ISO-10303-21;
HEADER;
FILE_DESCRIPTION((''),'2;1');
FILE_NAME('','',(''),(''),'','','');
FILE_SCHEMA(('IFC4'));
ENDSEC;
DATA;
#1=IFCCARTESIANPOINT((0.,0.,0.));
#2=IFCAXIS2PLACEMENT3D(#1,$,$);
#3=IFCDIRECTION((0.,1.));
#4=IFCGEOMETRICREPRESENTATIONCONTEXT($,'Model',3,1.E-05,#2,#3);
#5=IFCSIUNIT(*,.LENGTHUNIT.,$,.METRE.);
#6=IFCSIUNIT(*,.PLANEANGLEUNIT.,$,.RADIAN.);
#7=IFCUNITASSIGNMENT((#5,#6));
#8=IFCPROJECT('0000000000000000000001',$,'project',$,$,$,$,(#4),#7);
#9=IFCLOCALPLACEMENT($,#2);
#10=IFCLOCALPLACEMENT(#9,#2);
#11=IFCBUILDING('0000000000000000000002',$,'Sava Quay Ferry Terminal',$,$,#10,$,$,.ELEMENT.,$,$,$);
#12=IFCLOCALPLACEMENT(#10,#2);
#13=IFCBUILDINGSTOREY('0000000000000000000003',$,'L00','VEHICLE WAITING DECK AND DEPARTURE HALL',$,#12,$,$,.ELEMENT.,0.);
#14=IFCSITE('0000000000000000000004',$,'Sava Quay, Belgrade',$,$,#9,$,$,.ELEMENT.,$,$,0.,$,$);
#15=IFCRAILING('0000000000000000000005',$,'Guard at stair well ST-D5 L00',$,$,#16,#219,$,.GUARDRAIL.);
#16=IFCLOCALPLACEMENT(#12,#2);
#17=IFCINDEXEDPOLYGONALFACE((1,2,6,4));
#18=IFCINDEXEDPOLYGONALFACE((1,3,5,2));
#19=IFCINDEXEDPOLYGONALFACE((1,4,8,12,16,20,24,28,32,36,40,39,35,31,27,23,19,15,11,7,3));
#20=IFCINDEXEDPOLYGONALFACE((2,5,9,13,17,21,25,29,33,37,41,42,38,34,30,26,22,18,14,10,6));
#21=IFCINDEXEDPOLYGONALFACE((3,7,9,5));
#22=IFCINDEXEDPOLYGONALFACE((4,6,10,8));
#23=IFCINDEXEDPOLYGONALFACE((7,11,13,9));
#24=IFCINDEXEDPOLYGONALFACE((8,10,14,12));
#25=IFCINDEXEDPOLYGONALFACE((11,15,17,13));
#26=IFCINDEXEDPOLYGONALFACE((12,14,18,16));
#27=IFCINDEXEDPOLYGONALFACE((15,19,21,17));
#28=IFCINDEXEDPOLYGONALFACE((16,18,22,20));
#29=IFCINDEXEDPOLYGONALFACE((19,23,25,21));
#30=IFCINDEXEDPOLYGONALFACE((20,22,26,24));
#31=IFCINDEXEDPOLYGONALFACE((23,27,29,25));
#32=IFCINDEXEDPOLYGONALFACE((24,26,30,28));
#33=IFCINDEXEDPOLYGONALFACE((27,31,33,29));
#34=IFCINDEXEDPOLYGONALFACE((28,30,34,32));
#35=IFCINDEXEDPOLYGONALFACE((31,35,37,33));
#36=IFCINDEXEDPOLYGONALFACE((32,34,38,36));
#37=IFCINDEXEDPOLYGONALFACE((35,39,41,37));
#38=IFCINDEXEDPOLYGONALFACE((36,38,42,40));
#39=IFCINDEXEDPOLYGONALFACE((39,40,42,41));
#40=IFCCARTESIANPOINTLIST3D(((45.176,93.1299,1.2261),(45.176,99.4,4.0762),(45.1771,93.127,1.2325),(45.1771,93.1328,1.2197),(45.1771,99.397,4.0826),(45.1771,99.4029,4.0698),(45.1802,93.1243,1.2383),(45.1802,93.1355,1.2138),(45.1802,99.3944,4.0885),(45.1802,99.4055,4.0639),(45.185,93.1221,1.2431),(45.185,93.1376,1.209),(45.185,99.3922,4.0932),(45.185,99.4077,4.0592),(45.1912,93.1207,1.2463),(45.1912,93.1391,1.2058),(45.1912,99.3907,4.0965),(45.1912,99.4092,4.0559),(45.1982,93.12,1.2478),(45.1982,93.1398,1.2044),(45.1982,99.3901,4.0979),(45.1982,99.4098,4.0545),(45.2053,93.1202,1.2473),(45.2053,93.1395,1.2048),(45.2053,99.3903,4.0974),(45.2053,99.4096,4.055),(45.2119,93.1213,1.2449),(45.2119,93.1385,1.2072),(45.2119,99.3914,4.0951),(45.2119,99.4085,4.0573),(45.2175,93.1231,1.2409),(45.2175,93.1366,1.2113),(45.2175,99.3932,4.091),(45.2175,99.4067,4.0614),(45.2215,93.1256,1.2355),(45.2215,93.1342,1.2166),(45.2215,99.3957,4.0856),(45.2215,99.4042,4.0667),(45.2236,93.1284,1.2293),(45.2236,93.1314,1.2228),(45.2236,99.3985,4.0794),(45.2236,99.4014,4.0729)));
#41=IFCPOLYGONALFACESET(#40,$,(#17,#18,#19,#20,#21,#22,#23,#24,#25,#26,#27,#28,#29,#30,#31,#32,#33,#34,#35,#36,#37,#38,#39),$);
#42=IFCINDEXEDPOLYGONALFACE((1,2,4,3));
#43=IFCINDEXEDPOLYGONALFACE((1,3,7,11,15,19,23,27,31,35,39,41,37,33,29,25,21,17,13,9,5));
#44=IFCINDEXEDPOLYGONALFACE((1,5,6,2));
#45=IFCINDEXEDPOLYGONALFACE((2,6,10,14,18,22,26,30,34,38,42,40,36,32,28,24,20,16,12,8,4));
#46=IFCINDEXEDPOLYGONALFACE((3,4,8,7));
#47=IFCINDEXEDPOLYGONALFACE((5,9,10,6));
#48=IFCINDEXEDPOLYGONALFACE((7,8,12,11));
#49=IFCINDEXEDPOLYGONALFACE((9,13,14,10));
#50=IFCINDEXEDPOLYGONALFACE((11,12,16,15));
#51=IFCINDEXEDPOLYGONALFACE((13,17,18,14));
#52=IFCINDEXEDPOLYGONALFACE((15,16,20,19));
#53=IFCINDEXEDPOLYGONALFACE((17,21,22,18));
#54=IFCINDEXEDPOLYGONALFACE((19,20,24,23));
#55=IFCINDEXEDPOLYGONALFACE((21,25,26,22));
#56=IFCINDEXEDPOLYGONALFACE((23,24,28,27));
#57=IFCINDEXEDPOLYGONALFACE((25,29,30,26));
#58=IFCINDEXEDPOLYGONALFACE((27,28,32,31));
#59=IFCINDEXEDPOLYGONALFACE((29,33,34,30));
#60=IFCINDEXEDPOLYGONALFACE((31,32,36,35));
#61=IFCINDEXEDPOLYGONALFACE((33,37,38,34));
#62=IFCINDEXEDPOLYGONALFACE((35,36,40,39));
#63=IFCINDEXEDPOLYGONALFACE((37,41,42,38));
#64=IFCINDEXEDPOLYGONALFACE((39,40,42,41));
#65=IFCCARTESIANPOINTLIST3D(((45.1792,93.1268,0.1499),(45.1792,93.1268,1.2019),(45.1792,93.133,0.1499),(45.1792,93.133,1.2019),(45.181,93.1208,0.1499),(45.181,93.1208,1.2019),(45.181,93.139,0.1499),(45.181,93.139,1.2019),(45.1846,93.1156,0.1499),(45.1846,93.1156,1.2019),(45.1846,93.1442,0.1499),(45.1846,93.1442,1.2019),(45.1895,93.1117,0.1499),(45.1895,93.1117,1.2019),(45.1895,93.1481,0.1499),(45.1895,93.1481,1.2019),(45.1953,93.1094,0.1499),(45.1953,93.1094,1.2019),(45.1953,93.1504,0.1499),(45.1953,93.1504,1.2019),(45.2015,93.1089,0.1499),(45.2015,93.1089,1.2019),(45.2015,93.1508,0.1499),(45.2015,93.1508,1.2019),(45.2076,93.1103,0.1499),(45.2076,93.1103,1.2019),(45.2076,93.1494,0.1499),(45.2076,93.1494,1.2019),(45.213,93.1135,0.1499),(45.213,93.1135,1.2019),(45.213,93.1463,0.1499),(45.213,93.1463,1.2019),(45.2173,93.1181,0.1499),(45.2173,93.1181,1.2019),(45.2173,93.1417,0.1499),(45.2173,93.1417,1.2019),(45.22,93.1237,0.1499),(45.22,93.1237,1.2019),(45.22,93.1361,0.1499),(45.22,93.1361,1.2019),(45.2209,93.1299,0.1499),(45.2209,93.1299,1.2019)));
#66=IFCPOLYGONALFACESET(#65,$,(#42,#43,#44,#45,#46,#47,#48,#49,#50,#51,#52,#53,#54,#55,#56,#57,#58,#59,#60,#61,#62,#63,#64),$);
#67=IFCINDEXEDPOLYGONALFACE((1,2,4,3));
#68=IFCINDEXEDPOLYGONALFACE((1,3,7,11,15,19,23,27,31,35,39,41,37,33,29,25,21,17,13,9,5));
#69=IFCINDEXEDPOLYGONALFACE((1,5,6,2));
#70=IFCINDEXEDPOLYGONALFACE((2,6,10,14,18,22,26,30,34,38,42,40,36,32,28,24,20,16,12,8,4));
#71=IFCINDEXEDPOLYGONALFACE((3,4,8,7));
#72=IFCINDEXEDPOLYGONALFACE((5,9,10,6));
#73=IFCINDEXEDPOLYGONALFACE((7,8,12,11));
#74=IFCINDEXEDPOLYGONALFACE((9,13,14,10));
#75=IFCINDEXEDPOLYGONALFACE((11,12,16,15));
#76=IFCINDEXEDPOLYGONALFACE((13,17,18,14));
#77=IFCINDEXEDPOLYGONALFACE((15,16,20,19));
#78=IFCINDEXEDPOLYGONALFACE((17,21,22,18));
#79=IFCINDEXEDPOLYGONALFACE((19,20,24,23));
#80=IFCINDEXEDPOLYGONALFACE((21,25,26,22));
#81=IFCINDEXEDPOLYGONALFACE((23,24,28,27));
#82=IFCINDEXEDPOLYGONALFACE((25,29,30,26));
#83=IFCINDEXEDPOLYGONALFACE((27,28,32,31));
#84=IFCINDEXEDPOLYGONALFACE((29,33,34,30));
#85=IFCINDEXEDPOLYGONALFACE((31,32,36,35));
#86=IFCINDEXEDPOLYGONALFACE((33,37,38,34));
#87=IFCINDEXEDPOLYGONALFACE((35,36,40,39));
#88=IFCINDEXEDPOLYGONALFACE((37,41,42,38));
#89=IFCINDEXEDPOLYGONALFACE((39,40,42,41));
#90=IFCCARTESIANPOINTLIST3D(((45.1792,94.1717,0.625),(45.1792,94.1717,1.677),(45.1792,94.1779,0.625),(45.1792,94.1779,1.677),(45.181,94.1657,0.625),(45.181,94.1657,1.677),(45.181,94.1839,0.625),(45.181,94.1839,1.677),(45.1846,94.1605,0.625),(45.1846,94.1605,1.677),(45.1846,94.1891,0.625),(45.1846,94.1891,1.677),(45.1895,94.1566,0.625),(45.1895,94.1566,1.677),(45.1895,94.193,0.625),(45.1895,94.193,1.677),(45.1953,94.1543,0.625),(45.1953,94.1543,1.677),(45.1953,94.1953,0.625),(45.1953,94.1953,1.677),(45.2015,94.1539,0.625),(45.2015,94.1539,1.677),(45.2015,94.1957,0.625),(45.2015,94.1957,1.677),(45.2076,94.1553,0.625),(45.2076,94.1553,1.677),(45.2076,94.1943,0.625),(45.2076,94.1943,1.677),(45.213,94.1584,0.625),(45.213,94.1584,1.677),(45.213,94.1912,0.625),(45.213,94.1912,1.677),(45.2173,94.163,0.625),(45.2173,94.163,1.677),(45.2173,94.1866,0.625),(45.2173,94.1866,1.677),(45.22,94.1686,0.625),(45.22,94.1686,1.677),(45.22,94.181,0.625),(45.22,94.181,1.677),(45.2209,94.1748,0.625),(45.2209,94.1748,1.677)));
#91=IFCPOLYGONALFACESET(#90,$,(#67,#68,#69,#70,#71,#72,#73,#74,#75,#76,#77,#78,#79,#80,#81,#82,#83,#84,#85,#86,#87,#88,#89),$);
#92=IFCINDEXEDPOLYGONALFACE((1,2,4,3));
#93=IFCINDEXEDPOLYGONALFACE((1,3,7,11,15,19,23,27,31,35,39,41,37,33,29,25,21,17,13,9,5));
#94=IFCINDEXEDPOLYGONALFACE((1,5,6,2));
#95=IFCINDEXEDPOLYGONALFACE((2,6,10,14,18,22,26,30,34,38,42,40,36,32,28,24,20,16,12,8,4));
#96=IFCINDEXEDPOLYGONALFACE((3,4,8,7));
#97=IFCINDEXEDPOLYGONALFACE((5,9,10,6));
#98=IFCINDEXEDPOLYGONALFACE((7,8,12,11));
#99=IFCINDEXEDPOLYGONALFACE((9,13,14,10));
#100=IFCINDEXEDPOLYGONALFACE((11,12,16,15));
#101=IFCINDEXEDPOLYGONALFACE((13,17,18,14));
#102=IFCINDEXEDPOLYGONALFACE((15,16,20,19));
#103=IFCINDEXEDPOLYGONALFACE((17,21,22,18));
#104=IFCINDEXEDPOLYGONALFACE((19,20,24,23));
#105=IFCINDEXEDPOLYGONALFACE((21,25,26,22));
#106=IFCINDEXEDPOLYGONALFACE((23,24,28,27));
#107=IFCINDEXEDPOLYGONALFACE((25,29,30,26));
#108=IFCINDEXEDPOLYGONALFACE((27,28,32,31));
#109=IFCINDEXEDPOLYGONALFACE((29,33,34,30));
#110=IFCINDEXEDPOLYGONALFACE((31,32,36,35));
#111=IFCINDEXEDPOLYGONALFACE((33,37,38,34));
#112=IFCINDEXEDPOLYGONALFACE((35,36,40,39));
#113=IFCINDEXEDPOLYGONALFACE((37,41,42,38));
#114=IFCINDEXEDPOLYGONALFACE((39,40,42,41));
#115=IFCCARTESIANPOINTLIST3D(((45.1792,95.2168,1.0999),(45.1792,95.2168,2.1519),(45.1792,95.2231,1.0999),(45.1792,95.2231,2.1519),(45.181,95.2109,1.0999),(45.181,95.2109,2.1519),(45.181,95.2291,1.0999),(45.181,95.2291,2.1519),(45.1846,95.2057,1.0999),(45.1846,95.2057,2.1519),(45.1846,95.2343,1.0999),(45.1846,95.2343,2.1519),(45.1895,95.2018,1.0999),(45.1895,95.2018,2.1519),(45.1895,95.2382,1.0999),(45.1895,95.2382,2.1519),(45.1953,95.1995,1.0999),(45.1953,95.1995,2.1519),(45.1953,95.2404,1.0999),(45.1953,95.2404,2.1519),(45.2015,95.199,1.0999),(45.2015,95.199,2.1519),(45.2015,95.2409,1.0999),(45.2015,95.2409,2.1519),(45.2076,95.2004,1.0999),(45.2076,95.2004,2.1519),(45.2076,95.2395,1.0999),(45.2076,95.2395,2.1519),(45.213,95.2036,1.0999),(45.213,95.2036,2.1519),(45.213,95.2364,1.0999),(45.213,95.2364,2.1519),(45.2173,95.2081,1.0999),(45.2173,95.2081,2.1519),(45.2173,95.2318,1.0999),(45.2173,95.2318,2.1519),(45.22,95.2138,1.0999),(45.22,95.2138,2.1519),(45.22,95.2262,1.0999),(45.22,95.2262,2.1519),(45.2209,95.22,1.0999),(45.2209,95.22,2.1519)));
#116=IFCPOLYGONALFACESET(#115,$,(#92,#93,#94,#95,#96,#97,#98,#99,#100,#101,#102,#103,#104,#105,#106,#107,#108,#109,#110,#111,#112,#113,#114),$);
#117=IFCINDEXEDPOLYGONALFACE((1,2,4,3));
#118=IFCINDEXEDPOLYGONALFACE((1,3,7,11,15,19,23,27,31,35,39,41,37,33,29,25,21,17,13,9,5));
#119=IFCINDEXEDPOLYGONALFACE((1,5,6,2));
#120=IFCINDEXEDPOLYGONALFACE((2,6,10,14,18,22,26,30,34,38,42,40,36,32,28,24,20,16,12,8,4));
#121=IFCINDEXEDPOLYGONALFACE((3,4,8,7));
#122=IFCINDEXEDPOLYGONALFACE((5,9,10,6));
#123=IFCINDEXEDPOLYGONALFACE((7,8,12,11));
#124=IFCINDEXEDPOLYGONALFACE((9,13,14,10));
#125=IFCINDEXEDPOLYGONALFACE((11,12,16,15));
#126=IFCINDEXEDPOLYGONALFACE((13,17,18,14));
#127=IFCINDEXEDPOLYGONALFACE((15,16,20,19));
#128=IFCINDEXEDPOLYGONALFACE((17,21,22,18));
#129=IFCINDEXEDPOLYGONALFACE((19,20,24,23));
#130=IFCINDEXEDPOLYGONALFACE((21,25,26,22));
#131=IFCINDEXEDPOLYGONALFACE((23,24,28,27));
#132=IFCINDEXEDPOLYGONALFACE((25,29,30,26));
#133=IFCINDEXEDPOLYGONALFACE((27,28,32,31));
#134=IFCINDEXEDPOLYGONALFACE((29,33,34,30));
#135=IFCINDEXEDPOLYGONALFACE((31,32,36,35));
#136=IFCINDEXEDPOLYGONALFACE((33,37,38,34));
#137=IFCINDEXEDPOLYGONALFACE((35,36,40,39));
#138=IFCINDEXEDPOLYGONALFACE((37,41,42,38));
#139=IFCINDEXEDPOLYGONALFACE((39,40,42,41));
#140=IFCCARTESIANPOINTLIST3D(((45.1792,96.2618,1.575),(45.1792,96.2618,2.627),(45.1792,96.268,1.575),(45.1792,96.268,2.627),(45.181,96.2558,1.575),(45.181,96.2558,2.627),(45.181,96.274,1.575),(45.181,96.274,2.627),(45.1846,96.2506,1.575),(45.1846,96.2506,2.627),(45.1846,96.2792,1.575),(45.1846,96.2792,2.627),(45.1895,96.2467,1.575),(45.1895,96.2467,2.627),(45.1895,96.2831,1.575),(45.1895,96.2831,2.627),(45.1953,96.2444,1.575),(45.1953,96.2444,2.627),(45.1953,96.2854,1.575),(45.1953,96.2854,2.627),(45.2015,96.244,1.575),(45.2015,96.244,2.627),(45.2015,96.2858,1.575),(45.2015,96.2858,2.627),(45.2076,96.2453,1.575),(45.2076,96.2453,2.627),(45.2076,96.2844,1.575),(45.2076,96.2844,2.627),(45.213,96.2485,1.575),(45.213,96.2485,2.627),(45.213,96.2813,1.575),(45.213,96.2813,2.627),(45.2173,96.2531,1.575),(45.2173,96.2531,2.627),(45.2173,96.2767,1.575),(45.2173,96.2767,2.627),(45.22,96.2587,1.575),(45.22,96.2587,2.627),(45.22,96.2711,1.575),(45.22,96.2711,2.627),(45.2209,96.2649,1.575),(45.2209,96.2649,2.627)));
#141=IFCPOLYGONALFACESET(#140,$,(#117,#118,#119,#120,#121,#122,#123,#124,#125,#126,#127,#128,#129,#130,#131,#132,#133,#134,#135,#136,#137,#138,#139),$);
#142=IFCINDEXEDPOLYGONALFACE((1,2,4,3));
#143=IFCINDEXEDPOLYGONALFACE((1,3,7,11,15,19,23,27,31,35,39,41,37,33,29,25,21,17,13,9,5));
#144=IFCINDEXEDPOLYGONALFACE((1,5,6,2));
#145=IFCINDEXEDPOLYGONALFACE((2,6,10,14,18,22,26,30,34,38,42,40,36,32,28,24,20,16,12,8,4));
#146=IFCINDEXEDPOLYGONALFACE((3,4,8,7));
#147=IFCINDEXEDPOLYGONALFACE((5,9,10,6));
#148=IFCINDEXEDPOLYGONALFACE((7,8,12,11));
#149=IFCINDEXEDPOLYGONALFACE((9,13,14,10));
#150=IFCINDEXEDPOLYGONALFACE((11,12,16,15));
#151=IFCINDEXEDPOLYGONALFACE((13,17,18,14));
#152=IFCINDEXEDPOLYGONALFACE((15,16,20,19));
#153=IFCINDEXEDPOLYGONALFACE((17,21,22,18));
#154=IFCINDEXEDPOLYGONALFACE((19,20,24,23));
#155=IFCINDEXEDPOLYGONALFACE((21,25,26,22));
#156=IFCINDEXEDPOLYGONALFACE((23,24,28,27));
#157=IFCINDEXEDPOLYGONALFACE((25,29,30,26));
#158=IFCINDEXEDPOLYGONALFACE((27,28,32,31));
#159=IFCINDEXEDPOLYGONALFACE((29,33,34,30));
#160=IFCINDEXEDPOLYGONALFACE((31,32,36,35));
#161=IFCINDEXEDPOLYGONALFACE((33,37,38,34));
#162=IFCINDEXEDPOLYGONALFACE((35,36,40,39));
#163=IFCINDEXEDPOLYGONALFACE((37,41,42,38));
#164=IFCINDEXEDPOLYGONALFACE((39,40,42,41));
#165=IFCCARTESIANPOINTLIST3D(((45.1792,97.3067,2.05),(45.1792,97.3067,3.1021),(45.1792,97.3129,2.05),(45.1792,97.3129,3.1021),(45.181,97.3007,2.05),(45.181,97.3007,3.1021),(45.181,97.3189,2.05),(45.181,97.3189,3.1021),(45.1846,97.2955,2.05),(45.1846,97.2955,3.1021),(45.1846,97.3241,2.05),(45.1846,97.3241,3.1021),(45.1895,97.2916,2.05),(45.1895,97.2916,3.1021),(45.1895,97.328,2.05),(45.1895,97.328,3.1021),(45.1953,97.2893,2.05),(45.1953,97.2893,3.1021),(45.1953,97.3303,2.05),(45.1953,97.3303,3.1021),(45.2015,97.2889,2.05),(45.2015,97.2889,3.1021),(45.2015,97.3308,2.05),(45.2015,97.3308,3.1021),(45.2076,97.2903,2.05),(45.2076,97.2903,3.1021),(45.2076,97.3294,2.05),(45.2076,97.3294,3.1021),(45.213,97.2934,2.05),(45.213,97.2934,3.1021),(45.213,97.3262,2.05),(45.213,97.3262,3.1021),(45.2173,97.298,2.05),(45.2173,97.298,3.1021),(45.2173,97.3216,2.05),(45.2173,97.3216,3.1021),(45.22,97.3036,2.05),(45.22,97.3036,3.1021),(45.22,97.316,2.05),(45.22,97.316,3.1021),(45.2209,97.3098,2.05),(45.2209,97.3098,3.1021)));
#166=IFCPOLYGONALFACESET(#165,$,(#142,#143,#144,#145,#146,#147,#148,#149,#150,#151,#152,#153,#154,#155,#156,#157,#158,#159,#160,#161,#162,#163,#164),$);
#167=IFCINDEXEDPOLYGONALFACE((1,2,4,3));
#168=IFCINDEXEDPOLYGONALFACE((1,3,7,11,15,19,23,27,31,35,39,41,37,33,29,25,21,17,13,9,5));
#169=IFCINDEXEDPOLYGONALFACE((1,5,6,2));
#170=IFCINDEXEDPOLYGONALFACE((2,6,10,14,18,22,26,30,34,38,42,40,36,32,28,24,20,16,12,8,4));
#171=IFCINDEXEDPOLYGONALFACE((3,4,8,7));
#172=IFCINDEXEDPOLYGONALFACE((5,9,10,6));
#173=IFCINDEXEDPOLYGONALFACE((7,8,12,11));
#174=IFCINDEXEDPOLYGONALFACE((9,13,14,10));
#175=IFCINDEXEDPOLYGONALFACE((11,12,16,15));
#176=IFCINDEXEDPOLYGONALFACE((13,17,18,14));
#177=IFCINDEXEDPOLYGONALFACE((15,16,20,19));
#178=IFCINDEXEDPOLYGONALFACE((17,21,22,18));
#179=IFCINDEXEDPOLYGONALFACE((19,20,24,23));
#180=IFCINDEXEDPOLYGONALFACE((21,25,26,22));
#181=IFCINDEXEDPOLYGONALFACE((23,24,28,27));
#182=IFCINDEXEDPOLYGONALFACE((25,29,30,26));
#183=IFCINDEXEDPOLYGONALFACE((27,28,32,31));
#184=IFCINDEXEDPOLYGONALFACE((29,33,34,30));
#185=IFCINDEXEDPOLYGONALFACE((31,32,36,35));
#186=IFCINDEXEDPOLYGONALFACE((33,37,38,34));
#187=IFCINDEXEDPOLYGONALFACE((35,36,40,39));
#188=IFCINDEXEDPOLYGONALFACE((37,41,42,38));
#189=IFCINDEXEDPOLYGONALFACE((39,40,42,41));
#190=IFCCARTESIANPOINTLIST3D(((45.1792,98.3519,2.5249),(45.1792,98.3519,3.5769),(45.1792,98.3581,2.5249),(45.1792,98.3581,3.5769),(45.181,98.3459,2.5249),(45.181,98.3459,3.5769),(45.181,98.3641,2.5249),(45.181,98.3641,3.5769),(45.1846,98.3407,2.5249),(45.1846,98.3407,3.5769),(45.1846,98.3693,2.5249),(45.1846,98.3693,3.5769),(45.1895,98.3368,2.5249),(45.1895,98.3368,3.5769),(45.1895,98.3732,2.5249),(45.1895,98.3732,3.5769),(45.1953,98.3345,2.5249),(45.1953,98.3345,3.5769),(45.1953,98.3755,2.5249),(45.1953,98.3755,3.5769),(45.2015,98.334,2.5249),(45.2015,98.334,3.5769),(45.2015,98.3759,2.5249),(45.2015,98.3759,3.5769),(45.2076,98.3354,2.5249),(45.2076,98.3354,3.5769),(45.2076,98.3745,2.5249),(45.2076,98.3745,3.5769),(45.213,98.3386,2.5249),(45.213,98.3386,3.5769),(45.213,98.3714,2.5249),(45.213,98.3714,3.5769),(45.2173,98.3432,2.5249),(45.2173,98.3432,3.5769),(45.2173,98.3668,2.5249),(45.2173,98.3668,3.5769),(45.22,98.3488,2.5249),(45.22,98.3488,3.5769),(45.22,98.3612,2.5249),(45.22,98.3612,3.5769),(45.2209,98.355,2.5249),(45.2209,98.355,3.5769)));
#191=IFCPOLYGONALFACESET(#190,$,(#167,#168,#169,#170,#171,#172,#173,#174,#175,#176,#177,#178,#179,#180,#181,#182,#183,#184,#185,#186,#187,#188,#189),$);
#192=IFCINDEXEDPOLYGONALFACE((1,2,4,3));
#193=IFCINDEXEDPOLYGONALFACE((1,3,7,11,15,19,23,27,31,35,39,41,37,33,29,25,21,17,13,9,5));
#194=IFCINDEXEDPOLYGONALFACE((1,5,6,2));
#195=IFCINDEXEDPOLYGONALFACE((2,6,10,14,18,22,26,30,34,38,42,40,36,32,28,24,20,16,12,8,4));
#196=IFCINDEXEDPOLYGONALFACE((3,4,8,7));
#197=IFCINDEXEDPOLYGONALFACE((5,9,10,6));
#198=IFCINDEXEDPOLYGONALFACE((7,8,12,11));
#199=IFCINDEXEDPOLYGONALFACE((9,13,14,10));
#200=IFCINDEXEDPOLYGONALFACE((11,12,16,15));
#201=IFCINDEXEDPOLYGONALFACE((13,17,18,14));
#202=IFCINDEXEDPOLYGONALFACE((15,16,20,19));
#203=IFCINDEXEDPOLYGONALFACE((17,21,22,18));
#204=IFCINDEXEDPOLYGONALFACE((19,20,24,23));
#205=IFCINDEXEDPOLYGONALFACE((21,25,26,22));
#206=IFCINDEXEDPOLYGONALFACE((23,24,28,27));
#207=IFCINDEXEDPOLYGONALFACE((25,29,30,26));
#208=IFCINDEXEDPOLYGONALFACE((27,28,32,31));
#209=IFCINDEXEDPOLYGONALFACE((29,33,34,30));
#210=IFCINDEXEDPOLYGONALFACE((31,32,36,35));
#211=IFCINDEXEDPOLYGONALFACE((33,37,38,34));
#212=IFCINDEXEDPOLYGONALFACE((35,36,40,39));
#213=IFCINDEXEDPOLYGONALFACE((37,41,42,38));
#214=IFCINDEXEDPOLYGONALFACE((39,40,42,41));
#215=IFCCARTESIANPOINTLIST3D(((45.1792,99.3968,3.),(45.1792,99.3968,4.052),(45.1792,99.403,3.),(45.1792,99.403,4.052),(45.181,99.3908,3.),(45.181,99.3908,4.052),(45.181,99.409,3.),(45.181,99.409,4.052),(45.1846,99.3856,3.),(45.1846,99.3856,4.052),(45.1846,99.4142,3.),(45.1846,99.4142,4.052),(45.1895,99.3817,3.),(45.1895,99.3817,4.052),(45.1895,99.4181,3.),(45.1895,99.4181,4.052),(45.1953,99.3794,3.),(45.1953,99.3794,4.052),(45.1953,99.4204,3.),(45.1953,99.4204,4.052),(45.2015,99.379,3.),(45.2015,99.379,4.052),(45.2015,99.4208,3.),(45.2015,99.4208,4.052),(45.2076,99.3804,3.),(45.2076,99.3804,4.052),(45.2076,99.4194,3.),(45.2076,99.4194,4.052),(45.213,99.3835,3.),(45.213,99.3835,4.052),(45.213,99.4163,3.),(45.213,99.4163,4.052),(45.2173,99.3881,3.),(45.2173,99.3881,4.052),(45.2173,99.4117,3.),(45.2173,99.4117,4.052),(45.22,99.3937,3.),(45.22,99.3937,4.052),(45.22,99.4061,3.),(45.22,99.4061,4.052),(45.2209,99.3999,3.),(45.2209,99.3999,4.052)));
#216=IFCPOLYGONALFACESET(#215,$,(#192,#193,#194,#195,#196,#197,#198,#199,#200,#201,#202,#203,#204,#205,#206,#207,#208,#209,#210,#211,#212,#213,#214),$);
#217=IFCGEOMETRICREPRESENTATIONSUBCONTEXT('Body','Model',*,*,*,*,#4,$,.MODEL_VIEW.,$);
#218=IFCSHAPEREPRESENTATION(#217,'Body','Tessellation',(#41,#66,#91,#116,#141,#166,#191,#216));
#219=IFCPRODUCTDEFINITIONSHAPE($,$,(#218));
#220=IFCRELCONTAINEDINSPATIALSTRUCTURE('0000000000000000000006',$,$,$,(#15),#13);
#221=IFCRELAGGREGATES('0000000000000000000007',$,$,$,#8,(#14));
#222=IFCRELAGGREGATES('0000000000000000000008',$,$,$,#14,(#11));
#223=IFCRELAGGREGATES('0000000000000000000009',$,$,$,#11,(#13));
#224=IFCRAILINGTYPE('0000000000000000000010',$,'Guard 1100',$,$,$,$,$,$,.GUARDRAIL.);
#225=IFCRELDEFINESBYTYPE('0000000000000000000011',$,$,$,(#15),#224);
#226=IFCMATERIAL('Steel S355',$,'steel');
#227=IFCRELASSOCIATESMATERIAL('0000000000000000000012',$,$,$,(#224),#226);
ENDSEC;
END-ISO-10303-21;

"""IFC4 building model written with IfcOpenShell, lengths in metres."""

from ifc_helpers import new_model, si_unit, direction, frame, origin, origin_2d, place, context, subcontext, project, spatial, circle, extrude, material, type_object, element, save


model = new_model("IFC4")

# Units and contexts
model_context = context("Model", 3, precision=1e-05, world=origin(), true_north=direction((0.0, 1.0)))
body_context = subcontext(model_context, "Body", "Model", "MODEL_VIEW")
ifc_project = project(units=[si_unit("LENGTHUNIT", "METRE"), si_unit("PLANEANGLEUNIT", "RADIAN")], contexts=[model_context])

# Site, building, storey
site_placement = place(None, origin())
site = spatial("IfcSite", under=ifc_project, at=site_placement, Name="Sava Quay, Belgrade", CompositionType="ELEMENT", RefElevation=0.0)
building_placement = place(site_placement, origin())
building = spatial("IfcBuilding", under=site, at=building_placement, Name="Sava Quay Ferry Terminal", CompositionType="ELEMENT")
storey_placement = place(building_placement, origin())
storey = spatial("IfcBuildingStorey", under=building, at=storey_placement, Name="L00", Description="VEHICLE WAITING DECK AND DEPARTURE HALL", CompositionType="ELEMENT", Elevation=0.0)

# Railing
ifc_material_1 = material(Name="Steel S355", Category="steel")
railing_type_1 = type_object("IfcRailingType", Name="Guard 1100", PredefinedType="GUARDRAIL", material=ifc_material_1)
railing_1_placement = place(storey_placement, frame((45.2, 93.1299, 0.1499)))
element("IfcRailing", 1, at=railing_1_placement, inside=storey, type_object=railing_type_1, Name="Guard at stair well ST-D5 L00", PredefinedType="GUARDRAIL", context=body_context, shape_type="SweptSolid", body=[
    extrude(circle(Radius=0.0239, at=origin_2d()), frame((0.0, 0.0, 1.0762), z_axis=(0.0, 0.910362, 0.413814), x_axis=(-1.0, 0.0, 0.0)), (0.0, 0.0, 1.0), 6.8875),
    extrude(circle(Radius=0.021, at=origin_2d()), origin(), (0.0, 0.0, 1.0), 1.052),
    extrude(circle(Radius=0.021, at=origin_2d()), frame((0.0, 1.0449, 0.4751)), (0.0, 0.0, 1.0), 1.052),
    extrude(circle(Radius=0.021, at=origin_2d()), frame((0.0, 2.0901, 0.95)), (0.0, 0.0, 1.0), 1.052),
    extrude(circle(Radius=0.021, at=origin_2d()), frame((0.0, 3.135, 1.425)), (0.0, 0.0, 1.0), 1.052),
    extrude(circle(Radius=0.021, at=origin_2d()), frame((0.0, 4.1799, 1.9001)), (0.0, 0.0, 1.0), 1.052),
    extrude(circle(Radius=0.021, at=origin_2d()), frame((0.0, 5.2251, 2.375)), (0.0, 0.0, 1.0), 1.052),
    extrude(circle(Radius=0.021, at=origin_2d()), frame((0.0, 6.27, 2.8501)), (0.0, 0.0, 1.0), 1.052),
])

save(model, "model.ifc")
